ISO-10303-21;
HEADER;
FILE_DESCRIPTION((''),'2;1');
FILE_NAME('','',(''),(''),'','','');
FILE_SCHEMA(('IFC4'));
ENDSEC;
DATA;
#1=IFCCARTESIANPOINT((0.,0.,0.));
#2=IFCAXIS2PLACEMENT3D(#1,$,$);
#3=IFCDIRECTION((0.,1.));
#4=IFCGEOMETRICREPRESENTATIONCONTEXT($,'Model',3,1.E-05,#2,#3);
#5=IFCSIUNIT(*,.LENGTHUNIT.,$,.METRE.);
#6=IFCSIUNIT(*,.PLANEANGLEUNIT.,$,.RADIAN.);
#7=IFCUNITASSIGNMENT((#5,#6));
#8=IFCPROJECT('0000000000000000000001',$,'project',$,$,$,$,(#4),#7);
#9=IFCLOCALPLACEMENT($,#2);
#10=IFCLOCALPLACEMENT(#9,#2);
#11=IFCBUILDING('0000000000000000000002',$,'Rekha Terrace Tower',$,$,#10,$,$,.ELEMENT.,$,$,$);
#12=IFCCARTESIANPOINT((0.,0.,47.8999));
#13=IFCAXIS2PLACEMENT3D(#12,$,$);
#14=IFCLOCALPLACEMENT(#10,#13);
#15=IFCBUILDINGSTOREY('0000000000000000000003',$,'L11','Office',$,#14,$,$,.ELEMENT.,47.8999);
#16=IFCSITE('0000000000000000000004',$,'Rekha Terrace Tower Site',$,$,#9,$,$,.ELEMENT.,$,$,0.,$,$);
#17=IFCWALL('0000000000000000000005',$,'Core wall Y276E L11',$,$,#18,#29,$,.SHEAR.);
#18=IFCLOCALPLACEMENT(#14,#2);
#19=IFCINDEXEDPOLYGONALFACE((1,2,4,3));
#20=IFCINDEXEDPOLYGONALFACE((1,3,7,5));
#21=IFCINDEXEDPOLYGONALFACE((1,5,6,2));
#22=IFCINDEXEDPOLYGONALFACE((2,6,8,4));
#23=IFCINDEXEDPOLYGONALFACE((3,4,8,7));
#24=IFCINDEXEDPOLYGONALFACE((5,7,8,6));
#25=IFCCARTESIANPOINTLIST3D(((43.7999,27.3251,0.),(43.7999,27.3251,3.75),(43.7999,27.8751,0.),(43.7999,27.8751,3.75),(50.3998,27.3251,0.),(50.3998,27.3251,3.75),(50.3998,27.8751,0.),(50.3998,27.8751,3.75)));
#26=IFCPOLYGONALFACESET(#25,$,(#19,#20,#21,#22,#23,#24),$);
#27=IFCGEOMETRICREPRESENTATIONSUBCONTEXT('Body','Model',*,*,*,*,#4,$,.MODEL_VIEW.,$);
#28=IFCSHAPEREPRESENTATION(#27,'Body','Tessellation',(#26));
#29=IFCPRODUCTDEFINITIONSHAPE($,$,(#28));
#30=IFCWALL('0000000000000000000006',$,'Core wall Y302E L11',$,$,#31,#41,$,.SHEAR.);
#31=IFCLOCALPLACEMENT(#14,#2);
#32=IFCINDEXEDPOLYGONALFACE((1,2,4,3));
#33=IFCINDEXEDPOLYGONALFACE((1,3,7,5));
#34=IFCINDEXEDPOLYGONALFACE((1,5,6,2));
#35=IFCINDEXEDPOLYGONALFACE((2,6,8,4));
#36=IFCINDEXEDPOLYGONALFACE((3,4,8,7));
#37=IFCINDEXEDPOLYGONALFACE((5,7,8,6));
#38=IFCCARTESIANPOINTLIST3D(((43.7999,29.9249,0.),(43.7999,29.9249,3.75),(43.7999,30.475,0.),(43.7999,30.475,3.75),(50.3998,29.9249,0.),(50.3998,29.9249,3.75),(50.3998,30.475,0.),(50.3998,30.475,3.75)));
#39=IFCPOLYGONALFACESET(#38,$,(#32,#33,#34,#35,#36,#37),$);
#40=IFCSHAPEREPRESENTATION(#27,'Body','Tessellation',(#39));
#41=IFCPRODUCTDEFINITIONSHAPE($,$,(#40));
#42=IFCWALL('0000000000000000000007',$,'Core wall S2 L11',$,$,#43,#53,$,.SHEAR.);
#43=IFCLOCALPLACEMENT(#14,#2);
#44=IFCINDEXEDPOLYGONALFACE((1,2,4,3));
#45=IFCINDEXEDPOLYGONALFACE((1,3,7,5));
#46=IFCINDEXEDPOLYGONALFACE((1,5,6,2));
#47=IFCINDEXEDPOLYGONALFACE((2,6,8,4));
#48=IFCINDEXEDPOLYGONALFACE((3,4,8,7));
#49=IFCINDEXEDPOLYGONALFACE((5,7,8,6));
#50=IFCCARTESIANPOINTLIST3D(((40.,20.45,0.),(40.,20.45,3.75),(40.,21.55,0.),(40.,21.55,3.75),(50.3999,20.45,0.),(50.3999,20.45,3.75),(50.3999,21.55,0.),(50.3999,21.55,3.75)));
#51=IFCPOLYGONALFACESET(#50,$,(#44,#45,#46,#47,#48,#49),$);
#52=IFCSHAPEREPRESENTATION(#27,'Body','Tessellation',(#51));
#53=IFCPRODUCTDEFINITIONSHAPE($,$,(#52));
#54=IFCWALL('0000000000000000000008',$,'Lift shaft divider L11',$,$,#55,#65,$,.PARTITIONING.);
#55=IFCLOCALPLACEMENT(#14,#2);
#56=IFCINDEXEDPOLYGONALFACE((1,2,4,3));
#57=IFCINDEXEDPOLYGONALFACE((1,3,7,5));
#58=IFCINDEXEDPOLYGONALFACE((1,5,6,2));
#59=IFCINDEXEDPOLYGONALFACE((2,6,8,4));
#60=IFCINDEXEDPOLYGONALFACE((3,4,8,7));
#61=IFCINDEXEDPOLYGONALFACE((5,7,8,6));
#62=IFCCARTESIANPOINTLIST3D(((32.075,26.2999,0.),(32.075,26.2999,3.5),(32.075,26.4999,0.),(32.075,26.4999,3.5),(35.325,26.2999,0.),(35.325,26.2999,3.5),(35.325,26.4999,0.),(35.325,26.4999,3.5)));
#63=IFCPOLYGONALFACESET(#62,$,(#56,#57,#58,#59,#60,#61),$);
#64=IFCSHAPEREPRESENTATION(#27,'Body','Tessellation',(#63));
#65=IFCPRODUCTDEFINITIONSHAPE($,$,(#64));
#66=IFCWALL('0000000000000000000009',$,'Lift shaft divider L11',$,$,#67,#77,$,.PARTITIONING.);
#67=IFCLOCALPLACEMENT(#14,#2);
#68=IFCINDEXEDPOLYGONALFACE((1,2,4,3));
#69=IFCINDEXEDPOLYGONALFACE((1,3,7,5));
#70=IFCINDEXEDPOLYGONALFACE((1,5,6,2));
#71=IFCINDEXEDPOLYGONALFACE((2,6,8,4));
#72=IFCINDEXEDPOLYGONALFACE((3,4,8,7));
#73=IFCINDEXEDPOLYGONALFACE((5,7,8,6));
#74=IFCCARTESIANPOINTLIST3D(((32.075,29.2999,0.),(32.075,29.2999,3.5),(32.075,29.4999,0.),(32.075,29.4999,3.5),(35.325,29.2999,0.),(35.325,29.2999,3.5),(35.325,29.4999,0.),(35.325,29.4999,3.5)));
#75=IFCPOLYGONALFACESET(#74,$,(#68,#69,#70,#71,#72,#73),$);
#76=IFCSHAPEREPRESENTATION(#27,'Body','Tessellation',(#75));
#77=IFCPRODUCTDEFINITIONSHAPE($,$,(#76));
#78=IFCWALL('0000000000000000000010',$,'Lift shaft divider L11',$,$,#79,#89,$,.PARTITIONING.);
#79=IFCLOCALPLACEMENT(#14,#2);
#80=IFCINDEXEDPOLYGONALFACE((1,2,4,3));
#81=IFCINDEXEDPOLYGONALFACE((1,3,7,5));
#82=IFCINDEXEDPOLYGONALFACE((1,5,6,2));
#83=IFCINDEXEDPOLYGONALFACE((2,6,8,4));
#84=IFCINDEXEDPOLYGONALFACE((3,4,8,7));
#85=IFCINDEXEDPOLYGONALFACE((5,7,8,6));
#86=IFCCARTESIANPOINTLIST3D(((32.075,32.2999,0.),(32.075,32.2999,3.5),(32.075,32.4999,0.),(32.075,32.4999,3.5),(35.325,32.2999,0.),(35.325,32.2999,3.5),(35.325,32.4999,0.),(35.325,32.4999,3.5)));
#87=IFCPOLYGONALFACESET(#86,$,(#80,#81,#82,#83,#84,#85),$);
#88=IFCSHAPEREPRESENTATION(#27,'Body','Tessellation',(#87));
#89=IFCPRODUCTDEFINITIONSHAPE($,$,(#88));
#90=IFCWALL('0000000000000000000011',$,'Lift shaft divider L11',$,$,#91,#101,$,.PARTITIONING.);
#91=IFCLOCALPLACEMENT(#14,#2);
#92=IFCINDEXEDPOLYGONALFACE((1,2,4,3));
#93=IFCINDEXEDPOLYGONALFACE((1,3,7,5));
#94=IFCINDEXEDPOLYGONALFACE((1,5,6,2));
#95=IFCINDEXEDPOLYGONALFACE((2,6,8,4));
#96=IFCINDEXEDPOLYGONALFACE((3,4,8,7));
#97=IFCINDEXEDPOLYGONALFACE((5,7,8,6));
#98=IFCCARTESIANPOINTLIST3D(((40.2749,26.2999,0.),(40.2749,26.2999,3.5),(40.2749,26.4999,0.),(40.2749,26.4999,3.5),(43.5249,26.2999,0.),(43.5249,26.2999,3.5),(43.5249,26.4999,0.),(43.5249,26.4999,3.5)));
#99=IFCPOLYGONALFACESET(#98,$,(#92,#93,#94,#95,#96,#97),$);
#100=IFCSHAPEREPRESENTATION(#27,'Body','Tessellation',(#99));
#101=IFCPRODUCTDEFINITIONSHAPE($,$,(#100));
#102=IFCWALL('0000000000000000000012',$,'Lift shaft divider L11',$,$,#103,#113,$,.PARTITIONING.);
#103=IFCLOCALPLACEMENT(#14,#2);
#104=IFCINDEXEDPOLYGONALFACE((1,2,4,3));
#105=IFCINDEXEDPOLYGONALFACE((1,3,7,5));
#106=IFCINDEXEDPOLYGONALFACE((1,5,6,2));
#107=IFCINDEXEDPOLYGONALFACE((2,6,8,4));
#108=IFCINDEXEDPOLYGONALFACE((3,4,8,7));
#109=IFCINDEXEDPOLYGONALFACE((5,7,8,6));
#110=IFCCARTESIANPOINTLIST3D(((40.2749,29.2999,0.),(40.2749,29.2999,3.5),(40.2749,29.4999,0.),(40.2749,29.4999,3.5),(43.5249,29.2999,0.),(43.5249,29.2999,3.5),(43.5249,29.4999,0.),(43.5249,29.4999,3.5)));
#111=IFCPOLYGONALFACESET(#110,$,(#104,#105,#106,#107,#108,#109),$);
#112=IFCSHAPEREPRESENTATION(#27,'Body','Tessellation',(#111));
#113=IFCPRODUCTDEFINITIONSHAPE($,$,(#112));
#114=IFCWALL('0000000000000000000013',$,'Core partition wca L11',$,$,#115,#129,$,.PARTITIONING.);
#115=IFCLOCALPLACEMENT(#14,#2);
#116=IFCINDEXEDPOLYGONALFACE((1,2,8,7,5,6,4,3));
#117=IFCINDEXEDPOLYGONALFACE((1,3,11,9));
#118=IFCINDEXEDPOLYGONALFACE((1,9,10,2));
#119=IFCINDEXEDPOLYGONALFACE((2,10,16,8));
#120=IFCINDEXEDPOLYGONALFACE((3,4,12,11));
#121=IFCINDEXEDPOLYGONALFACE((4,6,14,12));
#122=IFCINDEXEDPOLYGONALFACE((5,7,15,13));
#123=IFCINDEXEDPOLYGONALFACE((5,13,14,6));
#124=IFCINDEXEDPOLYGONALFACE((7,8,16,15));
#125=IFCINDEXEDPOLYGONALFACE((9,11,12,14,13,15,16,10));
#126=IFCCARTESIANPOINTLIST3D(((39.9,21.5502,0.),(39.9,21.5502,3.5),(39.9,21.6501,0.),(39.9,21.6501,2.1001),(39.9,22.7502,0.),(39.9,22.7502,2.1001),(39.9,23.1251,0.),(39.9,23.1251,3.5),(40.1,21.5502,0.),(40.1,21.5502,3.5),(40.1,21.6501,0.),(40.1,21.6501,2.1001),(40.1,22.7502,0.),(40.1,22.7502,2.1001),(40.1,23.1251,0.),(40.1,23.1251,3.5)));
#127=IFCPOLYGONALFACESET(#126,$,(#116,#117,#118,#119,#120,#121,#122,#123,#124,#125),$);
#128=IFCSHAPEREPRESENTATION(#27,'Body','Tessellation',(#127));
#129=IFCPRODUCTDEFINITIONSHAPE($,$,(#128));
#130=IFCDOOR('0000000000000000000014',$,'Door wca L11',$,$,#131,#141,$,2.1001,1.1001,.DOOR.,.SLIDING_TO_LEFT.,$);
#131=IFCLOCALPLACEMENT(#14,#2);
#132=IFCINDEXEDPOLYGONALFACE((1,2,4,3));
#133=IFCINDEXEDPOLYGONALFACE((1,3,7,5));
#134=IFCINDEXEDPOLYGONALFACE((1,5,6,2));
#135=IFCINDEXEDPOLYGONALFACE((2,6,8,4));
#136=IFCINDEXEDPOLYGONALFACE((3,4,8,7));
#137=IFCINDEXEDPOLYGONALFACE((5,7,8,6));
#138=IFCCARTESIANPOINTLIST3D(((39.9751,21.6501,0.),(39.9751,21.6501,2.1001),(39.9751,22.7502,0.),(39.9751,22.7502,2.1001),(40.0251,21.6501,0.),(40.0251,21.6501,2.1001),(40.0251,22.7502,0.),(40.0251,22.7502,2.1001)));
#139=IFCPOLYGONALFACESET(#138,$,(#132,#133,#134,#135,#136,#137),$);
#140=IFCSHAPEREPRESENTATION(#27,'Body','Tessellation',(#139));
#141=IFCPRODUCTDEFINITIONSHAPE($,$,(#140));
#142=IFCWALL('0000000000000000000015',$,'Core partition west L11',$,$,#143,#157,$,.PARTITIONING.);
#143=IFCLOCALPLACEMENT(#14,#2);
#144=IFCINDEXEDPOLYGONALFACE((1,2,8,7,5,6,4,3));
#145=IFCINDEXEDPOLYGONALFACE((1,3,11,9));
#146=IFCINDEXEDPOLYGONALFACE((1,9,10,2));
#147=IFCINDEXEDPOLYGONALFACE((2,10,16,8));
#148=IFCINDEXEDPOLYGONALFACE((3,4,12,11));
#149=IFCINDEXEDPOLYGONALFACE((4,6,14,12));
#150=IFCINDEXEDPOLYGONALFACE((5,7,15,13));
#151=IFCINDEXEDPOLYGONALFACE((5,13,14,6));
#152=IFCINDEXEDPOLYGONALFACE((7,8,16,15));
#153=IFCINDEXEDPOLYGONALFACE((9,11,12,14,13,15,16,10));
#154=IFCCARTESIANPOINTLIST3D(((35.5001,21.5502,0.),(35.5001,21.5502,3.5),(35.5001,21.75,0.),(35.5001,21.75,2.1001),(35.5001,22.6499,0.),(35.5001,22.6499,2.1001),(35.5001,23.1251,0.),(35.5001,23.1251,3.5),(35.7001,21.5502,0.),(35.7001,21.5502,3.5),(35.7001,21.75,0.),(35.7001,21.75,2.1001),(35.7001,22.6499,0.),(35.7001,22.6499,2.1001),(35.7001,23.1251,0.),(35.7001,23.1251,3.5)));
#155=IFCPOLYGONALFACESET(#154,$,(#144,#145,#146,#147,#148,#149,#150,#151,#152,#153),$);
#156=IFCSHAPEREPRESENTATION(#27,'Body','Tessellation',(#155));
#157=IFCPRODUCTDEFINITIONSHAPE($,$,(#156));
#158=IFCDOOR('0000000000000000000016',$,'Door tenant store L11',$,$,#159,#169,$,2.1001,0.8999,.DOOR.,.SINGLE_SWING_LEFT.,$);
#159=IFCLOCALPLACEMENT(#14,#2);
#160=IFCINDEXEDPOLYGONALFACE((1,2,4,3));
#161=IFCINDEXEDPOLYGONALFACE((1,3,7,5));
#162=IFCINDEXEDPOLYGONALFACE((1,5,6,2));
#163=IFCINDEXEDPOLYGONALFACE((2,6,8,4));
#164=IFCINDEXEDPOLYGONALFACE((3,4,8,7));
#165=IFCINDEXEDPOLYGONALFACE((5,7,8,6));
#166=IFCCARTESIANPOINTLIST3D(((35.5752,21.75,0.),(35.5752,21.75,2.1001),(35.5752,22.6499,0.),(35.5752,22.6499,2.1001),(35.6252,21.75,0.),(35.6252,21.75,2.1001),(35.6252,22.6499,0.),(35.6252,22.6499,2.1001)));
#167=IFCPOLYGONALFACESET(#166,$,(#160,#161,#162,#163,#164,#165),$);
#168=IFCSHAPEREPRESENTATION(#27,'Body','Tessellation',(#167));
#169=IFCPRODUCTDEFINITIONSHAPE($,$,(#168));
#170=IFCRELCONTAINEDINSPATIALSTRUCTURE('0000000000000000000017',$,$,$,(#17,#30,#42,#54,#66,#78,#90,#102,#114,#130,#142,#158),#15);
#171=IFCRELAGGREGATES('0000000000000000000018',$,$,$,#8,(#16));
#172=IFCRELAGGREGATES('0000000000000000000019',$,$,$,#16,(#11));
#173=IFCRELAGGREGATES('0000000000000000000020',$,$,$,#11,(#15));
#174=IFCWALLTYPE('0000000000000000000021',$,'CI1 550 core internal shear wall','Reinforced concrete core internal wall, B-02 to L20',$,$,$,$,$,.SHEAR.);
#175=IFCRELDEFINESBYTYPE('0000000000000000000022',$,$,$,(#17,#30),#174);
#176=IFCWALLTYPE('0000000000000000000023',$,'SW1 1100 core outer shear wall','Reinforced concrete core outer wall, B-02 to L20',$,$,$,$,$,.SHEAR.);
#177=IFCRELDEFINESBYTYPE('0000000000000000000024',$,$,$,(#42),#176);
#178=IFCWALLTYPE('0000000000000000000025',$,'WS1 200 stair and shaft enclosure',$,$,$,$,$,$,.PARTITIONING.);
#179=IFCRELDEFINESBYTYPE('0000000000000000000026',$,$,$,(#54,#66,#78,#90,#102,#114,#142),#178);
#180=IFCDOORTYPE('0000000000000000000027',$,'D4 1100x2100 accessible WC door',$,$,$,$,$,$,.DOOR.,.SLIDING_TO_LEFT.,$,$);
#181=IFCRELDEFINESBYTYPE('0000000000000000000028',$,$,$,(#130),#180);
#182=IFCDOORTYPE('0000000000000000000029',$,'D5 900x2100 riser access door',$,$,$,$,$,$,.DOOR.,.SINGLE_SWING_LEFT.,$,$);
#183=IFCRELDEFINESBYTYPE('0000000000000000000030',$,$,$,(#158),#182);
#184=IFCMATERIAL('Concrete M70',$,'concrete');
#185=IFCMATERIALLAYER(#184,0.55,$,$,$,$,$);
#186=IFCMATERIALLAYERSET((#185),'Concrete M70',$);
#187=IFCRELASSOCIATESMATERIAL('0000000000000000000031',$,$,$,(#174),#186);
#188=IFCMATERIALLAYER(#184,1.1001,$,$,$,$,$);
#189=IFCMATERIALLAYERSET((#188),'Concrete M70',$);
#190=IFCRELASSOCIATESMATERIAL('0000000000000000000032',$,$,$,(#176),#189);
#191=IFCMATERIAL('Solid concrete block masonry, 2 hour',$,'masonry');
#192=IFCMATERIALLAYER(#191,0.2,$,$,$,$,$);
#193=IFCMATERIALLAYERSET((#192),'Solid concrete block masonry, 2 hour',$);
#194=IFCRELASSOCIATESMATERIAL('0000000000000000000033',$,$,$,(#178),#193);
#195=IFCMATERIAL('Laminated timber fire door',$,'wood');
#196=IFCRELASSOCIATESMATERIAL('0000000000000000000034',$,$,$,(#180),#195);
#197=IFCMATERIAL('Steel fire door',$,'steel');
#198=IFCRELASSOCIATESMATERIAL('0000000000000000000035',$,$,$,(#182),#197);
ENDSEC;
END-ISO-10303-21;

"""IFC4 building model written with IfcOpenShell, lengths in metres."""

from ifc_helpers import new_model, si_unit, direction, frame, frame_2d, origin, place, context, subcontext, project, spatial, rectangle, extrude, material, layer, layer_set, type_object, element, fill, save


model = new_model("IFC4")

# Units and contexts
model_context = context("Model", 3, precision=1e-05, world=origin(), true_north=direction((0.0, 1.0)))
body_context = subcontext(model_context, "Body", "Model", "MODEL_VIEW")
ifc_project = project(units=[si_unit("LENGTHUNIT", "METRE"), si_unit("PLANEANGLEUNIT", "RADIAN")], contexts=[model_context])

# Site, building, storey
site_placement = place(None, origin())
site = spatial("IfcSite", under=ifc_project, at=site_placement, Name="Rekha Terrace Tower Site", CompositionType="ELEMENT", RefElevation=0.0)
building_placement = place(site_placement, origin())
building = spatial("IfcBuilding", under=site, at=building_placement, Name="Rekha Terrace Tower", CompositionType="ELEMENT")
storey_placement = place(building_placement, frame((0.0, 0.0, 47.8999)))
storey = spatial("IfcBuildingStorey", under=building, at=storey_placement, Name="L11", Description="Office", CompositionType="ELEMENT", Elevation=47.8999)

# Shared definitions
ifc_material_1 = material(Name="Concrete M70", Category="concrete")
ifc_layer_1 = layer(ifc_material_1, 0.55)
ifc_layer_set_1 = layer_set([ifc_layer_1], Name="Concrete M70")
wall_type_1 = type_object("IfcWallType", Name="CI1 550 core internal shear wall", Description="Reinforced concrete core internal wall, B-02 to L20", PredefinedType="SHEAR", material=ifc_layer_set_1)

# Walls
for number, where, z_axis, x_axis, name in (
    (1, (43.8, 27.6001, 0.0), (0.0, 0.0, 1.0), (1.0, 0.0, 0.0), "Core wall Y276E L11"),
    (2, (43.8, 30.2, 0.0), (0.0, 0.0, 1.0), (1.0, 0.0, 0.0), "Core wall Y302E L11"),
):
    element("IfcWall", number, at=place(storey_placement, frame(where, z_axis=z_axis, x_axis=x_axis)), inside=storey, type_object=wall_type_1, Name=name, PredefinedType="SHEAR", context=body_context, shape_type="SweptSolid", body=[
        extrude(rectangle(XDim=6.5999, YDim=0.55, at=frame_2d((3.2998, 0.0))), origin(), (0.0, 0.0, 1.0), 3.75),
    ])
ifc_layer_2 = layer(ifc_material_1, 1.1001)
ifc_layer_set_2 = layer_set([ifc_layer_2], Name="Concrete M70")
wall_type_2 = type_object("IfcWallType", Name="SW1 1100 core outer shear wall", Description="Reinforced concrete core outer wall, B-02 to L20", PredefinedType="SHEAR", material=ifc_layer_set_2)
wall_1_placement = place(storey_placement, frame((40.0, 21.0, 0.0), z_axis=(0.0, 0.0, 1.0), x_axis=(1.0, 0.0, 0.0)))
element("IfcWall", 3, at=wall_1_placement, inside=storey, type_object=wall_type_2, Name="Core wall S2 L11", PredefinedType="SHEAR", context=body_context, shape_type="SweptSolid", body=[
    extrude(rectangle(XDim=10.3999, YDim=1.1001, at=frame_2d((5.2, 0.0))), origin(), (0.0, 0.0, 1.0), 3.75),
])
ifc_material_2 = material(Name="Solid concrete block masonry, 2 hour", Category="masonry")
ifc_layer_3 = layer(ifc_material_2, 0.2)
ifc_layer_set_3 = layer_set([ifc_layer_3], Name="Solid concrete block masonry, 2 hour")
wall_type_3 = type_object("IfcWallType", Name="WS1 200 stair and shaft enclosure", PredefinedType="PARTITIONING", material=ifc_layer_set_3)
for number, where, z_axis, x_axis, name in (
    (4, (32.075, 26.3999, 0.0), (0.0, 0.0, 1.0), (1.0, 0.0, 0.0), "Lift shaft divider L11"),
    (5, (32.075, 29.3999, 0.0), (0.0, 0.0, 1.0), (1.0, 0.0, 0.0), "Lift shaft divider L11"),
    (6, (32.075, 32.3999, 0.0), (0.0, 0.0, 1.0), (1.0, 0.0, 0.0), "Lift shaft divider L11"),
    (7, (40.2749, 26.3999, 0.0), (0.0, 0.0, 1.0), (1.0, 0.0, 0.0), "Lift shaft divider L11"),
    (8, (40.2749, 29.3999, 0.0), (0.0, 0.0, 1.0), (1.0, 0.0, 0.0), "Lift shaft divider L11"),
):
    element("IfcWall", number, at=place(storey_placement, frame(where, z_axis=z_axis, x_axis=x_axis)), inside=storey, type_object=wall_type_3, Name=name, PredefinedType="PARTITIONING", context=body_context, shape_type="SweptSolid", body=[
        extrude(rectangle(XDim=3.25, YDim=0.2, at=frame_2d((1.625, 0.0))), origin(), (0.0, 0.0, 1.0), 3.5),
    ])

# Walls, openings, doors
wall_2_placement = place(storey_placement, frame((40.0, 21.55, 0.0), z_axis=(0.0, 0.0, 1.0), x_axis=(0.0, 1.0, 0.0)))
wall_2 = element("IfcWall", 9, at=wall_2_placement, inside=storey, type_object=wall_type_3, Name="Core partition wca L11", PredefinedType="PARTITIONING", context=body_context, shape_type="SweptSolid", body=[
    extrude(rectangle(XDim=1.575, YDim=0.2, at=frame_2d((0.7876, 0.0))), origin(), (0.0, 0.0, 1.0), 3.5),
])
opening_1_placement = place(wall_2_placement, frame((0.1001, 0.0, 0.0)))
opening_1 = element("IfcOpeningElement", 10, at=opening_1_placement, cuts=wall_2, PredefinedType="OPENING", context=body_context, shape_type="SweptSolid", body=[
    extrude(rectangle(XDim=1.1001, YDim=2.1001, at=frame_2d((0.55, 1.05))), frame((0.0, 0.1099, 0.0), z_axis=(0.0, -1.0, 0.0), x_axis=(1.0, 0.0, 0.0)), (0.0, 0.0, 1.0), 0.22),
])
ifc_material_3 = material(Name="Laminated timber fire door", Category="wood")
door_type_1 = type_object("IfcDoorType", Name="D4 1100x2100 accessible WC door", OperationType="SLIDING_TO_LEFT", PredefinedType="DOOR", material=ifc_material_3)
door_1_placement = place(opening_1_placement, origin())
door_1 = element("IfcDoor", 11, at=door_1_placement, inside=storey, type_object=door_type_1, Name="Door wca L11", OperationType="SLIDING_TO_LEFT", OverallHeight=2.1001, OverallWidth=1.1001, PredefinedType="DOOR", context=body_context, shape_type="SweptSolid", body=[
    extrude(rectangle(XDim=1.1001, YDim=2.1001, at=frame_2d((0.55, 1.05))), frame((0.0, 0.0249, 0.0), z_axis=(0.0, -1.0, 0.0), x_axis=(1.0, 0.0, 0.0)), (0.0, 0.0, 1.0), 0.05),
])
fill(opening_1, door_1)
wall_3_placement = place(storey_placement, frame((35.6001, 21.55, 0.0), z_axis=(0.0, 0.0, 1.0), x_axis=(0.0, 1.0, 0.0)))
wall_3 = element("IfcWall", 12, at=wall_3_placement, inside=storey, type_object=wall_type_3, Name="Core partition west L11", PredefinedType="PARTITIONING", context=body_context, shape_type="SweptSolid", body=[
    extrude(rectangle(XDim=1.575, YDim=0.2, at=frame_2d((0.7876, 0.0))), origin(), (0.0, 0.0, 1.0), 3.5),
])
opening_2_placement = place(wall_3_placement, frame((0.2, 0.0, 0.0)))
opening_2 = element("IfcOpeningElement", 13, at=opening_2_placement, cuts=wall_3, PredefinedType="OPENING", context=body_context, shape_type="SweptSolid", body=[
    extrude(rectangle(XDim=0.8999, YDim=2.1001, at=frame_2d((0.45, 1.05))), frame((0.0, 0.1099, 0.0), z_axis=(0.0, -1.0, 0.0), x_axis=(1.0, 0.0, 0.0)), (0.0, 0.0, 1.0), 0.22),
])
ifc_material_4 = material(Name="Steel fire door", Category="steel")
door_type_2 = type_object("IfcDoorType", Name="D5 900x2100 riser access door", OperationType="SINGLE_SWING_LEFT", PredefinedType="DOOR", material=ifc_material_4)
door_2_placement = place(opening_2_placement, origin())
door_2 = element("IfcDoor", 14, at=door_2_placement, inside=storey, type_object=door_type_2, Name="Door tenant store L11", OperationType="SINGLE_SWING_LEFT", OverallHeight=2.1001, OverallWidth=0.8999, PredefinedType="DOOR", context=body_context, shape_type="SweptSolid", body=[
    extrude(rectangle(XDim=0.8999, YDim=2.1001, at=frame_2d((0.45, 1.05))), frame((0.0, 0.0249, 0.0), z_axis=(0.0, -1.0, 0.0), x_axis=(1.0, 0.0, 0.0)), (0.0, 0.0, 1.0), 0.05),
])
fill(opening_2, door_2)

save(model, "model.ifc")
